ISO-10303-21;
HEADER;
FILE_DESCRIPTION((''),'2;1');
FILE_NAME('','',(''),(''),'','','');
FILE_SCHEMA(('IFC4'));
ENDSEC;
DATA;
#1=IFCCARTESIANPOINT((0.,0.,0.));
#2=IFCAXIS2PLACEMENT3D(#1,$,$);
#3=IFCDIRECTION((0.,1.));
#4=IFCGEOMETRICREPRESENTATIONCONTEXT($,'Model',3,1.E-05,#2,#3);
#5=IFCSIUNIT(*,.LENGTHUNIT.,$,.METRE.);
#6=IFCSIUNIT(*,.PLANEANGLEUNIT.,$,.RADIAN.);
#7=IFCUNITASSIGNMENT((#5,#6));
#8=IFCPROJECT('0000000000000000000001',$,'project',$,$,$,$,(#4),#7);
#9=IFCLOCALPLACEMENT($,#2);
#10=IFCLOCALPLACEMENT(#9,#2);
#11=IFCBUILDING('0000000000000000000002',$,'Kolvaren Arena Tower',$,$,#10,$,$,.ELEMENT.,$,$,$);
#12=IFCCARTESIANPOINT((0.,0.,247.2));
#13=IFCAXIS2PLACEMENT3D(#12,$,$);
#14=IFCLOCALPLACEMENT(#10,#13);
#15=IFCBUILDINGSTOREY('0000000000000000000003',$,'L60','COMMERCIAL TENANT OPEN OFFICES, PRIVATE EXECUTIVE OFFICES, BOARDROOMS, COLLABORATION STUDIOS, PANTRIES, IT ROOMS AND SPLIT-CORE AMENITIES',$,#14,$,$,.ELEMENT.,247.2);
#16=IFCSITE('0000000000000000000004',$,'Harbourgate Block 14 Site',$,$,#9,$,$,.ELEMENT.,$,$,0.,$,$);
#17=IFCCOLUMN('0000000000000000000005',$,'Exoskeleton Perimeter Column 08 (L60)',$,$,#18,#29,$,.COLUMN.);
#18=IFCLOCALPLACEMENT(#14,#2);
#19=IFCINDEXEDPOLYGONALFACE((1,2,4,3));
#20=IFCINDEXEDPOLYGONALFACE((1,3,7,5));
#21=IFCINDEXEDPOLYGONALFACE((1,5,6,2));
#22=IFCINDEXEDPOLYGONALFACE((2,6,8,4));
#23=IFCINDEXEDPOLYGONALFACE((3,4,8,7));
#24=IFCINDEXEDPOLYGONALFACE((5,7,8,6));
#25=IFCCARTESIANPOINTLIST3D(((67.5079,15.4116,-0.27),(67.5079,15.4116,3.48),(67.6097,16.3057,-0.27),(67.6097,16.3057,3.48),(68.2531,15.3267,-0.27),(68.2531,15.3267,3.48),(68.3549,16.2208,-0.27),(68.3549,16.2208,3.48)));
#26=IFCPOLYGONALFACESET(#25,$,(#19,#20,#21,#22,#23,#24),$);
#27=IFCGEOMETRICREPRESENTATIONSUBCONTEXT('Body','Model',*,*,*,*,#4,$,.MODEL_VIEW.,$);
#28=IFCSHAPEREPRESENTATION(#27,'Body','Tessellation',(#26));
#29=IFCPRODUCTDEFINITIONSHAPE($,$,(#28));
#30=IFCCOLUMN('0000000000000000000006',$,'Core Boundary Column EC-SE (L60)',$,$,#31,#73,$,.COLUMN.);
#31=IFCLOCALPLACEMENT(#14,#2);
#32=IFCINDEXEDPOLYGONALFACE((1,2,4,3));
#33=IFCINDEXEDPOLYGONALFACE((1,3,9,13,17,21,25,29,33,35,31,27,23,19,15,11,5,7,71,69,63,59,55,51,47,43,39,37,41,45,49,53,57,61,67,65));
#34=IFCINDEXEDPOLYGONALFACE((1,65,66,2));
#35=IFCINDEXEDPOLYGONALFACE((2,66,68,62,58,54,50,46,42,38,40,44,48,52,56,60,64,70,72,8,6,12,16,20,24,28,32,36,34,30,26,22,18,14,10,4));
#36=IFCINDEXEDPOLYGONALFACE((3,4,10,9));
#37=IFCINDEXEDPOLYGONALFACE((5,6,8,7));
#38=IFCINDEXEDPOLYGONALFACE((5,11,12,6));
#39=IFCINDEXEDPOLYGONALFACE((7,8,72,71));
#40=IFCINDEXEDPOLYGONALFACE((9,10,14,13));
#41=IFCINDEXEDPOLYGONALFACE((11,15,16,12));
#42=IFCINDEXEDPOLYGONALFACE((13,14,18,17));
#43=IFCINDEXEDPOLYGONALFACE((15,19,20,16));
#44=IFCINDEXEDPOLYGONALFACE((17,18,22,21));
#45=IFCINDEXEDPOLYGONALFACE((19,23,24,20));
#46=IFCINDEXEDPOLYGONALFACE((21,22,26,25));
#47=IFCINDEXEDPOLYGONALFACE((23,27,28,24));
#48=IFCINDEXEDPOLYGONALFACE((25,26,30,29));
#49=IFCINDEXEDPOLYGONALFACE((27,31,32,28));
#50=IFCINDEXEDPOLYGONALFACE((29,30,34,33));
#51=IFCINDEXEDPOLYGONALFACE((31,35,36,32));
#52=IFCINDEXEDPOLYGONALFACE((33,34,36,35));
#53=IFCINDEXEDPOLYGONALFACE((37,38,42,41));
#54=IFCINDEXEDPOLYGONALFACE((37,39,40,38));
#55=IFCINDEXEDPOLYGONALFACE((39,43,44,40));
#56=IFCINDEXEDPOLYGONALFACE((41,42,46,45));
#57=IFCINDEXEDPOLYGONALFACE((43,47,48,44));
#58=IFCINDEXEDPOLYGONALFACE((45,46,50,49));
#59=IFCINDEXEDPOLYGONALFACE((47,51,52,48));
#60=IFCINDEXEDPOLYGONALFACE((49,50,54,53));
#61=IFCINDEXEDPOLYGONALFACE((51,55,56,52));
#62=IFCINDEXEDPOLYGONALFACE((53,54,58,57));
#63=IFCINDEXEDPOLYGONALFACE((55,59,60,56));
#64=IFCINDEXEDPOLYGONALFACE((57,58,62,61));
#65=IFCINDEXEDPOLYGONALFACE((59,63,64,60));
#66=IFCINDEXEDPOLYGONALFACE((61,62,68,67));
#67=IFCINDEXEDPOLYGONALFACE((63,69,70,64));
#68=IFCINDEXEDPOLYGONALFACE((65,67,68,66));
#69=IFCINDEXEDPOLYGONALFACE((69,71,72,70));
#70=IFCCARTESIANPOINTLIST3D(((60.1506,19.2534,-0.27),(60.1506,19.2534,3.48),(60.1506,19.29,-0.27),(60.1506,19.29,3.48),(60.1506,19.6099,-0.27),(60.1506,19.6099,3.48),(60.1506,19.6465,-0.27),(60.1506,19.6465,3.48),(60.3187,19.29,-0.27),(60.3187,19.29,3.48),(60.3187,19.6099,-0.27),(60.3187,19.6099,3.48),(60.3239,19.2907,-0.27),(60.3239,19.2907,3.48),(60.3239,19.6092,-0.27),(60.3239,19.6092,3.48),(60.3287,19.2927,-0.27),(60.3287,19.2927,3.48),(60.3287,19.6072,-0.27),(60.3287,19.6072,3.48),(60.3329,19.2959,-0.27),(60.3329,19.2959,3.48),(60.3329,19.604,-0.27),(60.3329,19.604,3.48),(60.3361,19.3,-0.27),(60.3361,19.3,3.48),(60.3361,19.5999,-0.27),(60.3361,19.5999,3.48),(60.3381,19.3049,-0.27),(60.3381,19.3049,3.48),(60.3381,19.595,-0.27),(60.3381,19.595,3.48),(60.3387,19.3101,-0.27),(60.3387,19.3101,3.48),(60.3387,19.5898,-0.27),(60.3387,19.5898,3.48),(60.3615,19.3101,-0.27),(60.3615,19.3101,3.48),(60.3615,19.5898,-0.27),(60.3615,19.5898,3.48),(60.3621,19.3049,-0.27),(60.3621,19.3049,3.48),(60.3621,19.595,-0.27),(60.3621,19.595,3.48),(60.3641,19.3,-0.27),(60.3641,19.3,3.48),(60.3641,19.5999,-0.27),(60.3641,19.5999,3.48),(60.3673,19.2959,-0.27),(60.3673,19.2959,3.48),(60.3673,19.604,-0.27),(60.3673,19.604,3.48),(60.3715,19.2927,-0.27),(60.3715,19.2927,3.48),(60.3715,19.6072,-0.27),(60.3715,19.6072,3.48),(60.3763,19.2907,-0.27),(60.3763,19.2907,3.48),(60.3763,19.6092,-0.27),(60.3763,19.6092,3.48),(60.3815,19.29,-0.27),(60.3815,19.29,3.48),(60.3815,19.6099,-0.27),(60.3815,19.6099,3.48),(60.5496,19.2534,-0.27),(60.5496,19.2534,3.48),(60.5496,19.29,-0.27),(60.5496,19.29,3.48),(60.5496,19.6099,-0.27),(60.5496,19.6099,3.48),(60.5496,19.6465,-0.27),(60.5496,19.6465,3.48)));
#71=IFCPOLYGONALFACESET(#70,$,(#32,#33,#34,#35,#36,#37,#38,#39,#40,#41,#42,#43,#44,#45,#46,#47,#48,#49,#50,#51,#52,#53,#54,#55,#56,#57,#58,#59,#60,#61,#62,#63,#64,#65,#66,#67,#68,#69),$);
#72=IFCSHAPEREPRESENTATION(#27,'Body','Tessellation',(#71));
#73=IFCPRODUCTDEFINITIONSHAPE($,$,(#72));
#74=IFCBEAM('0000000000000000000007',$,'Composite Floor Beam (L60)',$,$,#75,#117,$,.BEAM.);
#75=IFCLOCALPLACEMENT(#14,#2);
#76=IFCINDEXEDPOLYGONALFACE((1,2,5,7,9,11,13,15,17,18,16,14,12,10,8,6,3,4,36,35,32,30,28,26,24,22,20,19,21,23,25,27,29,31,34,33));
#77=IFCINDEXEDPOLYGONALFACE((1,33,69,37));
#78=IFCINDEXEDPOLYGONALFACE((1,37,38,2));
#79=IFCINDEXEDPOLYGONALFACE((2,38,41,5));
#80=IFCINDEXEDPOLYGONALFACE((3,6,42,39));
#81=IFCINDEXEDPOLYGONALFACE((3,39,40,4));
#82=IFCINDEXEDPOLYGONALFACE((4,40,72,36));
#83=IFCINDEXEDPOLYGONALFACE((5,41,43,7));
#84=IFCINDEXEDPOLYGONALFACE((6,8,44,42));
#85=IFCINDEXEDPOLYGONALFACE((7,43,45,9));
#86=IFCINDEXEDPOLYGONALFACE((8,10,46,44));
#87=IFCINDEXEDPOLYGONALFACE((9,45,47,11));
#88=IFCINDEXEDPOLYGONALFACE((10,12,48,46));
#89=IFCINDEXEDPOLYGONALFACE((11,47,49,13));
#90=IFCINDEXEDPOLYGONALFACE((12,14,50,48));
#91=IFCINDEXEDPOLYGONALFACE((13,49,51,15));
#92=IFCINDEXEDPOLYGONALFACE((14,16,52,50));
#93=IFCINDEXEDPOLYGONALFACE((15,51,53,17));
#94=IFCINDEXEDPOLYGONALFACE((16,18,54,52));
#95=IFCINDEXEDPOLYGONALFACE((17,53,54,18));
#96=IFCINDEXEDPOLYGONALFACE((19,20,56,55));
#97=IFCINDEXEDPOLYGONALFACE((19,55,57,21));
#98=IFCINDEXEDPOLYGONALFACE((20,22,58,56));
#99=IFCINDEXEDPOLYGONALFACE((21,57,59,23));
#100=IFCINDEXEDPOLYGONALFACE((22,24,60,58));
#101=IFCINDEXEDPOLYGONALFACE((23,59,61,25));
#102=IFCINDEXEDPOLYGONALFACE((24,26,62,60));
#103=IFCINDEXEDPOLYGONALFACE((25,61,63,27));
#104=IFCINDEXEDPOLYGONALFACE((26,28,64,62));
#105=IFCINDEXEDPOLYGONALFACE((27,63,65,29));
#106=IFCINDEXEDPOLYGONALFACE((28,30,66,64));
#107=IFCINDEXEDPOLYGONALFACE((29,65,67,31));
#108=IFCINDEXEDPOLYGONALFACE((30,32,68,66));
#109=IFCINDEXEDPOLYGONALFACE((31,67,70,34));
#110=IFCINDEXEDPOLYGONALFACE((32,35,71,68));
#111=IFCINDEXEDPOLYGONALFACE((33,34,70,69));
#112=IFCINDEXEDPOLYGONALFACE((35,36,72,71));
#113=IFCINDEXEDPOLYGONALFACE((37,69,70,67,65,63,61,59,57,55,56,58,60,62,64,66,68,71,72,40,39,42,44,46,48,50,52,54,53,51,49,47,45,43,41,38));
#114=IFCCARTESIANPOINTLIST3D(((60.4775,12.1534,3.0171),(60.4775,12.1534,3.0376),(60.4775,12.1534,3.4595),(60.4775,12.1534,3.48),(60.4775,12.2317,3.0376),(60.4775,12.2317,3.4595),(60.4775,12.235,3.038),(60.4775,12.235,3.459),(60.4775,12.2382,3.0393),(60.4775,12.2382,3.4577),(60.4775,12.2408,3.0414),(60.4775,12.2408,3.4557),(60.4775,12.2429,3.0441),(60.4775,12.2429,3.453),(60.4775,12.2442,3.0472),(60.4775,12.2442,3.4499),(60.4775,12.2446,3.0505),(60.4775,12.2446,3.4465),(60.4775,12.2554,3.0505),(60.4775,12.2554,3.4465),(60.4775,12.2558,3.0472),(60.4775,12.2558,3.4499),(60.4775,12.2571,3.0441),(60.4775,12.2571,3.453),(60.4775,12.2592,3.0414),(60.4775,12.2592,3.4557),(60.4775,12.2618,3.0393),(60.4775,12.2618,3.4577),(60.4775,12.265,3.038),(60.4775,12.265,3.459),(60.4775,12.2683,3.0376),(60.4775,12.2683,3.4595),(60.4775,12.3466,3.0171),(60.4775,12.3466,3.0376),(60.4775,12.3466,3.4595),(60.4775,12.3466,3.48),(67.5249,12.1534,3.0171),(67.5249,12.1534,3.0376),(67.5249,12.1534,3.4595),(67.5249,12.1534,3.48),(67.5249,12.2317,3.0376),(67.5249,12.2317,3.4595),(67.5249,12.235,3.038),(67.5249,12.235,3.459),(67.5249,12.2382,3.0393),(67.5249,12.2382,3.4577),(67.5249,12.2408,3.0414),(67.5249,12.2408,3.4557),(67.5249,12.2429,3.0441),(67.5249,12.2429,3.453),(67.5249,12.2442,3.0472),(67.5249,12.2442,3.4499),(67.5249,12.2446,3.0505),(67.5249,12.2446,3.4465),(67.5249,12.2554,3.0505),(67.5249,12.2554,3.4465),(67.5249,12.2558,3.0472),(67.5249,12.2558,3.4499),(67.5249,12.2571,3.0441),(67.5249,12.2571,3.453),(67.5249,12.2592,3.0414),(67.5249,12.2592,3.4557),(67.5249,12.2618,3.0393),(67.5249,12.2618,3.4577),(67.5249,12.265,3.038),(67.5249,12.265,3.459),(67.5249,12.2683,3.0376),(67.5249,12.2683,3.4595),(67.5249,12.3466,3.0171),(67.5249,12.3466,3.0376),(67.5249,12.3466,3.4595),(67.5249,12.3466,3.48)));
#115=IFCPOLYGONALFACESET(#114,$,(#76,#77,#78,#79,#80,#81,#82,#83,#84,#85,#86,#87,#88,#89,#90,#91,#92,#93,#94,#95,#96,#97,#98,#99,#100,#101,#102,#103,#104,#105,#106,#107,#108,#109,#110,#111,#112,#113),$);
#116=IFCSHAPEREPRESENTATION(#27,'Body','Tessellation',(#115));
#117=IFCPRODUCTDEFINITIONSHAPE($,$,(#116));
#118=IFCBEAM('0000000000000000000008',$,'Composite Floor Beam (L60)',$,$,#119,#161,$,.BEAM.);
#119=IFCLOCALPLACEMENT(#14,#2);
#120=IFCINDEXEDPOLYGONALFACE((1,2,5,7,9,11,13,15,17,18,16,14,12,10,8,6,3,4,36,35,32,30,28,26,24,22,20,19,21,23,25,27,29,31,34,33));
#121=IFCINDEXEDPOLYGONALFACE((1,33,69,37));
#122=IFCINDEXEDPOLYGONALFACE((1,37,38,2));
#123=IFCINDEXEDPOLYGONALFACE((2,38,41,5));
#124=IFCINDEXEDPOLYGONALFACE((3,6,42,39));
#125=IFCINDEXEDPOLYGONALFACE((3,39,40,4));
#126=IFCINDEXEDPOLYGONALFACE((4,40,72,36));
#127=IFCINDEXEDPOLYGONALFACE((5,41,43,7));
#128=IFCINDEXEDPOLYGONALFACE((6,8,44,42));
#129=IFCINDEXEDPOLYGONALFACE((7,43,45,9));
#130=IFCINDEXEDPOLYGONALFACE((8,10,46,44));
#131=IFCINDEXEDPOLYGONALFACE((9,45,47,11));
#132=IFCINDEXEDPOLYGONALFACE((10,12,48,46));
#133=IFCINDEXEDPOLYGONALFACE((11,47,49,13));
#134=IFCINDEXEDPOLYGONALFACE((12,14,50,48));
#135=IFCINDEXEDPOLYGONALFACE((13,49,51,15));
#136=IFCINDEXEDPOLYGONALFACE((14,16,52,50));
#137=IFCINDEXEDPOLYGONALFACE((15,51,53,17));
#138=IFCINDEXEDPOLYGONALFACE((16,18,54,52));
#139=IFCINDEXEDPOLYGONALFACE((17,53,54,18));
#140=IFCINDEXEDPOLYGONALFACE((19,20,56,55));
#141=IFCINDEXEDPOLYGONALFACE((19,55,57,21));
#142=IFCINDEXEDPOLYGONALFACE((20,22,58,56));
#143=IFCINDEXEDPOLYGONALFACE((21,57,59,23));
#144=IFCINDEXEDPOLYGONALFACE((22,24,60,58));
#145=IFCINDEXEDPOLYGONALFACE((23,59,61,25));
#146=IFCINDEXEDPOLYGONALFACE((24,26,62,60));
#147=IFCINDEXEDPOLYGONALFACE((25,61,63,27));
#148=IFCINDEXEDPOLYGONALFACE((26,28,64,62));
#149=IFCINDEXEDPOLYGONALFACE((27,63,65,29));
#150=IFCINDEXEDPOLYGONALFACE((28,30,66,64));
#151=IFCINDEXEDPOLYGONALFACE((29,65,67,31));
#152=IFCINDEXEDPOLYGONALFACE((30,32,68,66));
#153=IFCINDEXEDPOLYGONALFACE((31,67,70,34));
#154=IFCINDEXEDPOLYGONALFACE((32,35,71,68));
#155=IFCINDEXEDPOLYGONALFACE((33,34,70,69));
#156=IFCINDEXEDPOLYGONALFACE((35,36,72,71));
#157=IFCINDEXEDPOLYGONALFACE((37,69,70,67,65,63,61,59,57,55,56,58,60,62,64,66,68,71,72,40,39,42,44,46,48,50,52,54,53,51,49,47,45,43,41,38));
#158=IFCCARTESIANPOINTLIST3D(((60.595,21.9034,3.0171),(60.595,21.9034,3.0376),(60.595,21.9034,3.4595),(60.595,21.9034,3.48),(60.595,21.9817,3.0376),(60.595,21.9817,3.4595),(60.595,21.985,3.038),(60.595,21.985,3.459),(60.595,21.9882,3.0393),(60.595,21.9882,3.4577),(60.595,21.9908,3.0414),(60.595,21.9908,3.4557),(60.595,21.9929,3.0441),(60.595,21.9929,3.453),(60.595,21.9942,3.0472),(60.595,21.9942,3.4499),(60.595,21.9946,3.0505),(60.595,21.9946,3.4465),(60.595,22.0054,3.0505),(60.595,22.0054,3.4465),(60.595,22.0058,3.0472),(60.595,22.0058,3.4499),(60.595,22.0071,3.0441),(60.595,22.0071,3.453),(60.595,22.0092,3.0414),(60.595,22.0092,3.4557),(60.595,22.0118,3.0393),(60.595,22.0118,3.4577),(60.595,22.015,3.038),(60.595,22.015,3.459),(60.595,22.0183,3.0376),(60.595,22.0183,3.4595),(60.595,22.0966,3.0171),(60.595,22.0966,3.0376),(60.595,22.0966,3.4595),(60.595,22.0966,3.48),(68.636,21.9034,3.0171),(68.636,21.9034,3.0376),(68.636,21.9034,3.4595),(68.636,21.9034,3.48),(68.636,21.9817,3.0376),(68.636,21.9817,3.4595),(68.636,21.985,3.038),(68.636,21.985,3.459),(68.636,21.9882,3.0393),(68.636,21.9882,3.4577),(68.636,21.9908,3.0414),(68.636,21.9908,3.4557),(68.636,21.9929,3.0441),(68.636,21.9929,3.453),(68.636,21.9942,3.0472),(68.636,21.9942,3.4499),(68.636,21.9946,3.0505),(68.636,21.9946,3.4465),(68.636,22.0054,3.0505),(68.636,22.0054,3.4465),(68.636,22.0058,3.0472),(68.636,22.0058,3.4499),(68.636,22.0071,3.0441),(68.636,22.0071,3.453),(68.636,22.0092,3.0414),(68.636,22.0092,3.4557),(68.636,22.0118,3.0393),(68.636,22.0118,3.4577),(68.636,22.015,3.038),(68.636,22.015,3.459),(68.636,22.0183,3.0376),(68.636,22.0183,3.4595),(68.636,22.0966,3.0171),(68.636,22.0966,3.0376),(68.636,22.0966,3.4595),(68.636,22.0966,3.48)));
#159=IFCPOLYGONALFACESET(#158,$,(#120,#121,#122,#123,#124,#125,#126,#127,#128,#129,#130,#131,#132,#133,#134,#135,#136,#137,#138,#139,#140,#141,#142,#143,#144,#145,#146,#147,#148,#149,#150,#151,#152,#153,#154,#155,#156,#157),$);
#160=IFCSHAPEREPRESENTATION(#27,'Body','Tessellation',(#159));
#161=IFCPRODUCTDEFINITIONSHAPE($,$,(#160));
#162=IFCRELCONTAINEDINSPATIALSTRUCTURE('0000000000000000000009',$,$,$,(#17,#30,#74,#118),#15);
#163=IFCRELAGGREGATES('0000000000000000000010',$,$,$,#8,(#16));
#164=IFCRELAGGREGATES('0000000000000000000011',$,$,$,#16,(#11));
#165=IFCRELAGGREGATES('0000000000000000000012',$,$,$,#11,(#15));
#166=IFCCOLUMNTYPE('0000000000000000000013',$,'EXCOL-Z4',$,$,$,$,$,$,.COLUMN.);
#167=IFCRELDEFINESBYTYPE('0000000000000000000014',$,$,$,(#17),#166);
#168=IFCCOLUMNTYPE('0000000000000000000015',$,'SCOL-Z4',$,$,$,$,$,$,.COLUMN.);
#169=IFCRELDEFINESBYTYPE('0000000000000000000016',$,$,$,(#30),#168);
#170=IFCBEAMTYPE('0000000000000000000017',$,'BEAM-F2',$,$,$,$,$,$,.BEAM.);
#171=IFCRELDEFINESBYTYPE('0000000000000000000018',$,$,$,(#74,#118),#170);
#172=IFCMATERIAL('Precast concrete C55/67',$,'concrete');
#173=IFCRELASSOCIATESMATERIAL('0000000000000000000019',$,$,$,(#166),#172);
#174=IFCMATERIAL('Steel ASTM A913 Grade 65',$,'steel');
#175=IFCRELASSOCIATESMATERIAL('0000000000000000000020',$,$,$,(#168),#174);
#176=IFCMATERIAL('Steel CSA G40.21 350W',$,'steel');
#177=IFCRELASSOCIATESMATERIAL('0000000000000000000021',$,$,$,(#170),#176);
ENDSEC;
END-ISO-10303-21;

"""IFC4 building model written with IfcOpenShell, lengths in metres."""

from ifc_helpers import new_model, si_unit, direction, frame, origin, origin_2d, place, context, subcontext, project, spatial, rectangle, i_section, extrude, material, material_profile, profile_set, type_object, element, save


model = new_model("IFC4")

# Units and contexts
model_context = context("Model", 3, precision=1e-05, world=origin(), true_north=direction((0.0, 1.0)))
body_context = subcontext(model_context, "Body", "Model", "MODEL_VIEW")
ifc_project = project(units=[si_unit("LENGTHUNIT", "METRE"), si_unit("PLANEANGLEUNIT", "RADIAN")], contexts=[model_context])

# Site, building, storey
site_placement = place(None, origin())
site = spatial("IfcSite", under=ifc_project, at=site_placement, Name="Harbourgate Block 14 Site", CompositionType="ELEMENT", RefElevation=0.0)
building_placement = place(site_placement, origin())
building = spatial("IfcBuilding", under=site, at=building_placement, Name="Kolvaren Arena Tower", CompositionType="ELEMENT")
storey_placement = place(building_placement, frame((0.0, 0.0, 247.2)))
storey = spatial("IfcBuildingStorey", under=building, at=storey_placement, Name="L60", Description="COMMERCIAL TENANT OPEN OFFICES, PRIVATE EXECUTIVE OFFICES, BOARDROOMS, COLLABORATION STUDIOS, PANTRIES, IT ROOMS AND SPLIT-CORE AMENITIES", CompositionType="ELEMENT", Elevation=247.2)

# Columns
ifc_material_1 = material(Name="Precast concrete C55/67", Category="concrete")
ifc_material_profile_1 = material_profile(ifc_material_1, rectangle(XDim=0.8999, YDim=0.75, at=origin_2d()), Name="RC-900x750")
ifc_profile_set_1 = profile_set([ifc_material_profile_1], Name="Precast concrete C55/67")
column_type_1 = type_object("IfcColumnType", Name="EXCOL-Z4", PredefinedType="COLUMN", material=ifc_profile_set_1)
column_1_placement = place(storey_placement, frame((67.9314, 15.8162, -0.27), z_axis=(0.0, 0.0, 1.0), x_axis=(0.113203, 0.993572, 0.0)))
element("IfcColumn", 1, at=column_1_placement, inside=storey, type_object=column_type_1, Name="Exoskeleton Perimeter Column 08 (L60)", PredefinedType="COLUMN", context=body_context, shape_type="SweptSolid", body=[
    extrude(rectangle(XDim=0.8999, YDim=0.75, at=origin_2d()), origin(), (0.0, 0.0, 1.0), 3.75),
])
ifc_material_2 = material(Name="Steel ASTM A913 Grade 65", Category="steel")
ifc_material_profile_2 = material_profile(ifc_material_2, i_section(OverallWidth=0.3989, OverallDepth=0.3931, WebThickness=0.0227, FlangeThickness=0.0366, FilletRadius=0.02, at=origin_2d()), Name="W360x287")
ifc_profile_set_2 = profile_set([ifc_material_profile_2], Name="Steel ASTM A913 Grade 65")
column_type_2 = type_object("IfcColumnType", Name="SCOL-Z4", PredefinedType="COLUMN", material=ifc_profile_set_2)
column_2_placement = place(storey_placement, frame((60.3501, 19.45, -0.27), z_axis=(0.0, 0.0, 1.0), x_axis=(1.0, 0.0, 0.0)))
element("IfcColumn", 2, at=column_2_placement, inside=storey, type_object=column_type_2, Name="Core Boundary Column EC-SE (L60)", PredefinedType="COLUMN", context=body_context, shape_type="SweptSolid", body=[
    extrude(i_section(OverallWidth=0.3989, OverallDepth=0.3931, WebThickness=0.0227, FlangeThickness=0.0366, FilletRadius=0.02, at=origin_2d()), origin(), (0.0, 0.0, 1.0), 3.75),
])

# Beams
ifc_material_3 = material(Name="Steel CSA G40.21 350W", Category="steel")
ifc_material_profile_3 = material_profile(ifc_material_3, i_section(OverallWidth=0.1931, OverallDepth=0.4629, WebThickness=0.0107, FlangeThickness=0.0205, FilletRadius=0.0129, at=origin_2d()), Name="W460x113")
ifc_profile_set_3 = profile_set([ifc_material_profile_3], Name="Steel CSA G40.21 350W")
beam_type_1 = type_object("IfcBeamType", Name="BEAM-F2", PredefinedType="BEAM", material=ifc_profile_set_3)
beam_1_placement = place(storey_placement, frame((60.4775, 12.25, 3.2485), z_axis=(1.0, 0.0, 0.0), x_axis=(0.0, 1.0, 0.0)))
element("IfcBeam", 3, at=beam_1_placement, inside=storey, type_object=beam_type_1, Name="Composite Floor Beam (L60)", PredefinedType="BEAM", context=body_context, shape_type="SweptSolid", body=[
    extrude(i_section(OverallWidth=0.1931, OverallDepth=0.4629, WebThickness=0.0107, FlangeThickness=0.0205, FilletRadius=0.0129, at=origin_2d()), origin(), (0.0, 0.0, 1.0), 7.0474),
])
beam_2_placement = place(storey_placement, frame((60.595, 22.0, 3.2485), z_axis=(1.0, 0.0, 0.0), x_axis=(0.0, 1.0, 0.0)))
element("IfcBeam", 4, at=beam_2_placement, inside=storey, type_object=beam_type_1, Name="Composite Floor Beam (L60)", PredefinedType="BEAM", context=body_context, shape_type="SweptSolid", body=[
    extrude(i_section(OverallWidth=0.1931, OverallDepth=0.4629, WebThickness=0.0107, FlangeThickness=0.0205, FilletRadius=0.0129, at=origin_2d()), origin(), (0.0, 0.0, 1.0), 8.041),
])

save(model, "model.ifc")
